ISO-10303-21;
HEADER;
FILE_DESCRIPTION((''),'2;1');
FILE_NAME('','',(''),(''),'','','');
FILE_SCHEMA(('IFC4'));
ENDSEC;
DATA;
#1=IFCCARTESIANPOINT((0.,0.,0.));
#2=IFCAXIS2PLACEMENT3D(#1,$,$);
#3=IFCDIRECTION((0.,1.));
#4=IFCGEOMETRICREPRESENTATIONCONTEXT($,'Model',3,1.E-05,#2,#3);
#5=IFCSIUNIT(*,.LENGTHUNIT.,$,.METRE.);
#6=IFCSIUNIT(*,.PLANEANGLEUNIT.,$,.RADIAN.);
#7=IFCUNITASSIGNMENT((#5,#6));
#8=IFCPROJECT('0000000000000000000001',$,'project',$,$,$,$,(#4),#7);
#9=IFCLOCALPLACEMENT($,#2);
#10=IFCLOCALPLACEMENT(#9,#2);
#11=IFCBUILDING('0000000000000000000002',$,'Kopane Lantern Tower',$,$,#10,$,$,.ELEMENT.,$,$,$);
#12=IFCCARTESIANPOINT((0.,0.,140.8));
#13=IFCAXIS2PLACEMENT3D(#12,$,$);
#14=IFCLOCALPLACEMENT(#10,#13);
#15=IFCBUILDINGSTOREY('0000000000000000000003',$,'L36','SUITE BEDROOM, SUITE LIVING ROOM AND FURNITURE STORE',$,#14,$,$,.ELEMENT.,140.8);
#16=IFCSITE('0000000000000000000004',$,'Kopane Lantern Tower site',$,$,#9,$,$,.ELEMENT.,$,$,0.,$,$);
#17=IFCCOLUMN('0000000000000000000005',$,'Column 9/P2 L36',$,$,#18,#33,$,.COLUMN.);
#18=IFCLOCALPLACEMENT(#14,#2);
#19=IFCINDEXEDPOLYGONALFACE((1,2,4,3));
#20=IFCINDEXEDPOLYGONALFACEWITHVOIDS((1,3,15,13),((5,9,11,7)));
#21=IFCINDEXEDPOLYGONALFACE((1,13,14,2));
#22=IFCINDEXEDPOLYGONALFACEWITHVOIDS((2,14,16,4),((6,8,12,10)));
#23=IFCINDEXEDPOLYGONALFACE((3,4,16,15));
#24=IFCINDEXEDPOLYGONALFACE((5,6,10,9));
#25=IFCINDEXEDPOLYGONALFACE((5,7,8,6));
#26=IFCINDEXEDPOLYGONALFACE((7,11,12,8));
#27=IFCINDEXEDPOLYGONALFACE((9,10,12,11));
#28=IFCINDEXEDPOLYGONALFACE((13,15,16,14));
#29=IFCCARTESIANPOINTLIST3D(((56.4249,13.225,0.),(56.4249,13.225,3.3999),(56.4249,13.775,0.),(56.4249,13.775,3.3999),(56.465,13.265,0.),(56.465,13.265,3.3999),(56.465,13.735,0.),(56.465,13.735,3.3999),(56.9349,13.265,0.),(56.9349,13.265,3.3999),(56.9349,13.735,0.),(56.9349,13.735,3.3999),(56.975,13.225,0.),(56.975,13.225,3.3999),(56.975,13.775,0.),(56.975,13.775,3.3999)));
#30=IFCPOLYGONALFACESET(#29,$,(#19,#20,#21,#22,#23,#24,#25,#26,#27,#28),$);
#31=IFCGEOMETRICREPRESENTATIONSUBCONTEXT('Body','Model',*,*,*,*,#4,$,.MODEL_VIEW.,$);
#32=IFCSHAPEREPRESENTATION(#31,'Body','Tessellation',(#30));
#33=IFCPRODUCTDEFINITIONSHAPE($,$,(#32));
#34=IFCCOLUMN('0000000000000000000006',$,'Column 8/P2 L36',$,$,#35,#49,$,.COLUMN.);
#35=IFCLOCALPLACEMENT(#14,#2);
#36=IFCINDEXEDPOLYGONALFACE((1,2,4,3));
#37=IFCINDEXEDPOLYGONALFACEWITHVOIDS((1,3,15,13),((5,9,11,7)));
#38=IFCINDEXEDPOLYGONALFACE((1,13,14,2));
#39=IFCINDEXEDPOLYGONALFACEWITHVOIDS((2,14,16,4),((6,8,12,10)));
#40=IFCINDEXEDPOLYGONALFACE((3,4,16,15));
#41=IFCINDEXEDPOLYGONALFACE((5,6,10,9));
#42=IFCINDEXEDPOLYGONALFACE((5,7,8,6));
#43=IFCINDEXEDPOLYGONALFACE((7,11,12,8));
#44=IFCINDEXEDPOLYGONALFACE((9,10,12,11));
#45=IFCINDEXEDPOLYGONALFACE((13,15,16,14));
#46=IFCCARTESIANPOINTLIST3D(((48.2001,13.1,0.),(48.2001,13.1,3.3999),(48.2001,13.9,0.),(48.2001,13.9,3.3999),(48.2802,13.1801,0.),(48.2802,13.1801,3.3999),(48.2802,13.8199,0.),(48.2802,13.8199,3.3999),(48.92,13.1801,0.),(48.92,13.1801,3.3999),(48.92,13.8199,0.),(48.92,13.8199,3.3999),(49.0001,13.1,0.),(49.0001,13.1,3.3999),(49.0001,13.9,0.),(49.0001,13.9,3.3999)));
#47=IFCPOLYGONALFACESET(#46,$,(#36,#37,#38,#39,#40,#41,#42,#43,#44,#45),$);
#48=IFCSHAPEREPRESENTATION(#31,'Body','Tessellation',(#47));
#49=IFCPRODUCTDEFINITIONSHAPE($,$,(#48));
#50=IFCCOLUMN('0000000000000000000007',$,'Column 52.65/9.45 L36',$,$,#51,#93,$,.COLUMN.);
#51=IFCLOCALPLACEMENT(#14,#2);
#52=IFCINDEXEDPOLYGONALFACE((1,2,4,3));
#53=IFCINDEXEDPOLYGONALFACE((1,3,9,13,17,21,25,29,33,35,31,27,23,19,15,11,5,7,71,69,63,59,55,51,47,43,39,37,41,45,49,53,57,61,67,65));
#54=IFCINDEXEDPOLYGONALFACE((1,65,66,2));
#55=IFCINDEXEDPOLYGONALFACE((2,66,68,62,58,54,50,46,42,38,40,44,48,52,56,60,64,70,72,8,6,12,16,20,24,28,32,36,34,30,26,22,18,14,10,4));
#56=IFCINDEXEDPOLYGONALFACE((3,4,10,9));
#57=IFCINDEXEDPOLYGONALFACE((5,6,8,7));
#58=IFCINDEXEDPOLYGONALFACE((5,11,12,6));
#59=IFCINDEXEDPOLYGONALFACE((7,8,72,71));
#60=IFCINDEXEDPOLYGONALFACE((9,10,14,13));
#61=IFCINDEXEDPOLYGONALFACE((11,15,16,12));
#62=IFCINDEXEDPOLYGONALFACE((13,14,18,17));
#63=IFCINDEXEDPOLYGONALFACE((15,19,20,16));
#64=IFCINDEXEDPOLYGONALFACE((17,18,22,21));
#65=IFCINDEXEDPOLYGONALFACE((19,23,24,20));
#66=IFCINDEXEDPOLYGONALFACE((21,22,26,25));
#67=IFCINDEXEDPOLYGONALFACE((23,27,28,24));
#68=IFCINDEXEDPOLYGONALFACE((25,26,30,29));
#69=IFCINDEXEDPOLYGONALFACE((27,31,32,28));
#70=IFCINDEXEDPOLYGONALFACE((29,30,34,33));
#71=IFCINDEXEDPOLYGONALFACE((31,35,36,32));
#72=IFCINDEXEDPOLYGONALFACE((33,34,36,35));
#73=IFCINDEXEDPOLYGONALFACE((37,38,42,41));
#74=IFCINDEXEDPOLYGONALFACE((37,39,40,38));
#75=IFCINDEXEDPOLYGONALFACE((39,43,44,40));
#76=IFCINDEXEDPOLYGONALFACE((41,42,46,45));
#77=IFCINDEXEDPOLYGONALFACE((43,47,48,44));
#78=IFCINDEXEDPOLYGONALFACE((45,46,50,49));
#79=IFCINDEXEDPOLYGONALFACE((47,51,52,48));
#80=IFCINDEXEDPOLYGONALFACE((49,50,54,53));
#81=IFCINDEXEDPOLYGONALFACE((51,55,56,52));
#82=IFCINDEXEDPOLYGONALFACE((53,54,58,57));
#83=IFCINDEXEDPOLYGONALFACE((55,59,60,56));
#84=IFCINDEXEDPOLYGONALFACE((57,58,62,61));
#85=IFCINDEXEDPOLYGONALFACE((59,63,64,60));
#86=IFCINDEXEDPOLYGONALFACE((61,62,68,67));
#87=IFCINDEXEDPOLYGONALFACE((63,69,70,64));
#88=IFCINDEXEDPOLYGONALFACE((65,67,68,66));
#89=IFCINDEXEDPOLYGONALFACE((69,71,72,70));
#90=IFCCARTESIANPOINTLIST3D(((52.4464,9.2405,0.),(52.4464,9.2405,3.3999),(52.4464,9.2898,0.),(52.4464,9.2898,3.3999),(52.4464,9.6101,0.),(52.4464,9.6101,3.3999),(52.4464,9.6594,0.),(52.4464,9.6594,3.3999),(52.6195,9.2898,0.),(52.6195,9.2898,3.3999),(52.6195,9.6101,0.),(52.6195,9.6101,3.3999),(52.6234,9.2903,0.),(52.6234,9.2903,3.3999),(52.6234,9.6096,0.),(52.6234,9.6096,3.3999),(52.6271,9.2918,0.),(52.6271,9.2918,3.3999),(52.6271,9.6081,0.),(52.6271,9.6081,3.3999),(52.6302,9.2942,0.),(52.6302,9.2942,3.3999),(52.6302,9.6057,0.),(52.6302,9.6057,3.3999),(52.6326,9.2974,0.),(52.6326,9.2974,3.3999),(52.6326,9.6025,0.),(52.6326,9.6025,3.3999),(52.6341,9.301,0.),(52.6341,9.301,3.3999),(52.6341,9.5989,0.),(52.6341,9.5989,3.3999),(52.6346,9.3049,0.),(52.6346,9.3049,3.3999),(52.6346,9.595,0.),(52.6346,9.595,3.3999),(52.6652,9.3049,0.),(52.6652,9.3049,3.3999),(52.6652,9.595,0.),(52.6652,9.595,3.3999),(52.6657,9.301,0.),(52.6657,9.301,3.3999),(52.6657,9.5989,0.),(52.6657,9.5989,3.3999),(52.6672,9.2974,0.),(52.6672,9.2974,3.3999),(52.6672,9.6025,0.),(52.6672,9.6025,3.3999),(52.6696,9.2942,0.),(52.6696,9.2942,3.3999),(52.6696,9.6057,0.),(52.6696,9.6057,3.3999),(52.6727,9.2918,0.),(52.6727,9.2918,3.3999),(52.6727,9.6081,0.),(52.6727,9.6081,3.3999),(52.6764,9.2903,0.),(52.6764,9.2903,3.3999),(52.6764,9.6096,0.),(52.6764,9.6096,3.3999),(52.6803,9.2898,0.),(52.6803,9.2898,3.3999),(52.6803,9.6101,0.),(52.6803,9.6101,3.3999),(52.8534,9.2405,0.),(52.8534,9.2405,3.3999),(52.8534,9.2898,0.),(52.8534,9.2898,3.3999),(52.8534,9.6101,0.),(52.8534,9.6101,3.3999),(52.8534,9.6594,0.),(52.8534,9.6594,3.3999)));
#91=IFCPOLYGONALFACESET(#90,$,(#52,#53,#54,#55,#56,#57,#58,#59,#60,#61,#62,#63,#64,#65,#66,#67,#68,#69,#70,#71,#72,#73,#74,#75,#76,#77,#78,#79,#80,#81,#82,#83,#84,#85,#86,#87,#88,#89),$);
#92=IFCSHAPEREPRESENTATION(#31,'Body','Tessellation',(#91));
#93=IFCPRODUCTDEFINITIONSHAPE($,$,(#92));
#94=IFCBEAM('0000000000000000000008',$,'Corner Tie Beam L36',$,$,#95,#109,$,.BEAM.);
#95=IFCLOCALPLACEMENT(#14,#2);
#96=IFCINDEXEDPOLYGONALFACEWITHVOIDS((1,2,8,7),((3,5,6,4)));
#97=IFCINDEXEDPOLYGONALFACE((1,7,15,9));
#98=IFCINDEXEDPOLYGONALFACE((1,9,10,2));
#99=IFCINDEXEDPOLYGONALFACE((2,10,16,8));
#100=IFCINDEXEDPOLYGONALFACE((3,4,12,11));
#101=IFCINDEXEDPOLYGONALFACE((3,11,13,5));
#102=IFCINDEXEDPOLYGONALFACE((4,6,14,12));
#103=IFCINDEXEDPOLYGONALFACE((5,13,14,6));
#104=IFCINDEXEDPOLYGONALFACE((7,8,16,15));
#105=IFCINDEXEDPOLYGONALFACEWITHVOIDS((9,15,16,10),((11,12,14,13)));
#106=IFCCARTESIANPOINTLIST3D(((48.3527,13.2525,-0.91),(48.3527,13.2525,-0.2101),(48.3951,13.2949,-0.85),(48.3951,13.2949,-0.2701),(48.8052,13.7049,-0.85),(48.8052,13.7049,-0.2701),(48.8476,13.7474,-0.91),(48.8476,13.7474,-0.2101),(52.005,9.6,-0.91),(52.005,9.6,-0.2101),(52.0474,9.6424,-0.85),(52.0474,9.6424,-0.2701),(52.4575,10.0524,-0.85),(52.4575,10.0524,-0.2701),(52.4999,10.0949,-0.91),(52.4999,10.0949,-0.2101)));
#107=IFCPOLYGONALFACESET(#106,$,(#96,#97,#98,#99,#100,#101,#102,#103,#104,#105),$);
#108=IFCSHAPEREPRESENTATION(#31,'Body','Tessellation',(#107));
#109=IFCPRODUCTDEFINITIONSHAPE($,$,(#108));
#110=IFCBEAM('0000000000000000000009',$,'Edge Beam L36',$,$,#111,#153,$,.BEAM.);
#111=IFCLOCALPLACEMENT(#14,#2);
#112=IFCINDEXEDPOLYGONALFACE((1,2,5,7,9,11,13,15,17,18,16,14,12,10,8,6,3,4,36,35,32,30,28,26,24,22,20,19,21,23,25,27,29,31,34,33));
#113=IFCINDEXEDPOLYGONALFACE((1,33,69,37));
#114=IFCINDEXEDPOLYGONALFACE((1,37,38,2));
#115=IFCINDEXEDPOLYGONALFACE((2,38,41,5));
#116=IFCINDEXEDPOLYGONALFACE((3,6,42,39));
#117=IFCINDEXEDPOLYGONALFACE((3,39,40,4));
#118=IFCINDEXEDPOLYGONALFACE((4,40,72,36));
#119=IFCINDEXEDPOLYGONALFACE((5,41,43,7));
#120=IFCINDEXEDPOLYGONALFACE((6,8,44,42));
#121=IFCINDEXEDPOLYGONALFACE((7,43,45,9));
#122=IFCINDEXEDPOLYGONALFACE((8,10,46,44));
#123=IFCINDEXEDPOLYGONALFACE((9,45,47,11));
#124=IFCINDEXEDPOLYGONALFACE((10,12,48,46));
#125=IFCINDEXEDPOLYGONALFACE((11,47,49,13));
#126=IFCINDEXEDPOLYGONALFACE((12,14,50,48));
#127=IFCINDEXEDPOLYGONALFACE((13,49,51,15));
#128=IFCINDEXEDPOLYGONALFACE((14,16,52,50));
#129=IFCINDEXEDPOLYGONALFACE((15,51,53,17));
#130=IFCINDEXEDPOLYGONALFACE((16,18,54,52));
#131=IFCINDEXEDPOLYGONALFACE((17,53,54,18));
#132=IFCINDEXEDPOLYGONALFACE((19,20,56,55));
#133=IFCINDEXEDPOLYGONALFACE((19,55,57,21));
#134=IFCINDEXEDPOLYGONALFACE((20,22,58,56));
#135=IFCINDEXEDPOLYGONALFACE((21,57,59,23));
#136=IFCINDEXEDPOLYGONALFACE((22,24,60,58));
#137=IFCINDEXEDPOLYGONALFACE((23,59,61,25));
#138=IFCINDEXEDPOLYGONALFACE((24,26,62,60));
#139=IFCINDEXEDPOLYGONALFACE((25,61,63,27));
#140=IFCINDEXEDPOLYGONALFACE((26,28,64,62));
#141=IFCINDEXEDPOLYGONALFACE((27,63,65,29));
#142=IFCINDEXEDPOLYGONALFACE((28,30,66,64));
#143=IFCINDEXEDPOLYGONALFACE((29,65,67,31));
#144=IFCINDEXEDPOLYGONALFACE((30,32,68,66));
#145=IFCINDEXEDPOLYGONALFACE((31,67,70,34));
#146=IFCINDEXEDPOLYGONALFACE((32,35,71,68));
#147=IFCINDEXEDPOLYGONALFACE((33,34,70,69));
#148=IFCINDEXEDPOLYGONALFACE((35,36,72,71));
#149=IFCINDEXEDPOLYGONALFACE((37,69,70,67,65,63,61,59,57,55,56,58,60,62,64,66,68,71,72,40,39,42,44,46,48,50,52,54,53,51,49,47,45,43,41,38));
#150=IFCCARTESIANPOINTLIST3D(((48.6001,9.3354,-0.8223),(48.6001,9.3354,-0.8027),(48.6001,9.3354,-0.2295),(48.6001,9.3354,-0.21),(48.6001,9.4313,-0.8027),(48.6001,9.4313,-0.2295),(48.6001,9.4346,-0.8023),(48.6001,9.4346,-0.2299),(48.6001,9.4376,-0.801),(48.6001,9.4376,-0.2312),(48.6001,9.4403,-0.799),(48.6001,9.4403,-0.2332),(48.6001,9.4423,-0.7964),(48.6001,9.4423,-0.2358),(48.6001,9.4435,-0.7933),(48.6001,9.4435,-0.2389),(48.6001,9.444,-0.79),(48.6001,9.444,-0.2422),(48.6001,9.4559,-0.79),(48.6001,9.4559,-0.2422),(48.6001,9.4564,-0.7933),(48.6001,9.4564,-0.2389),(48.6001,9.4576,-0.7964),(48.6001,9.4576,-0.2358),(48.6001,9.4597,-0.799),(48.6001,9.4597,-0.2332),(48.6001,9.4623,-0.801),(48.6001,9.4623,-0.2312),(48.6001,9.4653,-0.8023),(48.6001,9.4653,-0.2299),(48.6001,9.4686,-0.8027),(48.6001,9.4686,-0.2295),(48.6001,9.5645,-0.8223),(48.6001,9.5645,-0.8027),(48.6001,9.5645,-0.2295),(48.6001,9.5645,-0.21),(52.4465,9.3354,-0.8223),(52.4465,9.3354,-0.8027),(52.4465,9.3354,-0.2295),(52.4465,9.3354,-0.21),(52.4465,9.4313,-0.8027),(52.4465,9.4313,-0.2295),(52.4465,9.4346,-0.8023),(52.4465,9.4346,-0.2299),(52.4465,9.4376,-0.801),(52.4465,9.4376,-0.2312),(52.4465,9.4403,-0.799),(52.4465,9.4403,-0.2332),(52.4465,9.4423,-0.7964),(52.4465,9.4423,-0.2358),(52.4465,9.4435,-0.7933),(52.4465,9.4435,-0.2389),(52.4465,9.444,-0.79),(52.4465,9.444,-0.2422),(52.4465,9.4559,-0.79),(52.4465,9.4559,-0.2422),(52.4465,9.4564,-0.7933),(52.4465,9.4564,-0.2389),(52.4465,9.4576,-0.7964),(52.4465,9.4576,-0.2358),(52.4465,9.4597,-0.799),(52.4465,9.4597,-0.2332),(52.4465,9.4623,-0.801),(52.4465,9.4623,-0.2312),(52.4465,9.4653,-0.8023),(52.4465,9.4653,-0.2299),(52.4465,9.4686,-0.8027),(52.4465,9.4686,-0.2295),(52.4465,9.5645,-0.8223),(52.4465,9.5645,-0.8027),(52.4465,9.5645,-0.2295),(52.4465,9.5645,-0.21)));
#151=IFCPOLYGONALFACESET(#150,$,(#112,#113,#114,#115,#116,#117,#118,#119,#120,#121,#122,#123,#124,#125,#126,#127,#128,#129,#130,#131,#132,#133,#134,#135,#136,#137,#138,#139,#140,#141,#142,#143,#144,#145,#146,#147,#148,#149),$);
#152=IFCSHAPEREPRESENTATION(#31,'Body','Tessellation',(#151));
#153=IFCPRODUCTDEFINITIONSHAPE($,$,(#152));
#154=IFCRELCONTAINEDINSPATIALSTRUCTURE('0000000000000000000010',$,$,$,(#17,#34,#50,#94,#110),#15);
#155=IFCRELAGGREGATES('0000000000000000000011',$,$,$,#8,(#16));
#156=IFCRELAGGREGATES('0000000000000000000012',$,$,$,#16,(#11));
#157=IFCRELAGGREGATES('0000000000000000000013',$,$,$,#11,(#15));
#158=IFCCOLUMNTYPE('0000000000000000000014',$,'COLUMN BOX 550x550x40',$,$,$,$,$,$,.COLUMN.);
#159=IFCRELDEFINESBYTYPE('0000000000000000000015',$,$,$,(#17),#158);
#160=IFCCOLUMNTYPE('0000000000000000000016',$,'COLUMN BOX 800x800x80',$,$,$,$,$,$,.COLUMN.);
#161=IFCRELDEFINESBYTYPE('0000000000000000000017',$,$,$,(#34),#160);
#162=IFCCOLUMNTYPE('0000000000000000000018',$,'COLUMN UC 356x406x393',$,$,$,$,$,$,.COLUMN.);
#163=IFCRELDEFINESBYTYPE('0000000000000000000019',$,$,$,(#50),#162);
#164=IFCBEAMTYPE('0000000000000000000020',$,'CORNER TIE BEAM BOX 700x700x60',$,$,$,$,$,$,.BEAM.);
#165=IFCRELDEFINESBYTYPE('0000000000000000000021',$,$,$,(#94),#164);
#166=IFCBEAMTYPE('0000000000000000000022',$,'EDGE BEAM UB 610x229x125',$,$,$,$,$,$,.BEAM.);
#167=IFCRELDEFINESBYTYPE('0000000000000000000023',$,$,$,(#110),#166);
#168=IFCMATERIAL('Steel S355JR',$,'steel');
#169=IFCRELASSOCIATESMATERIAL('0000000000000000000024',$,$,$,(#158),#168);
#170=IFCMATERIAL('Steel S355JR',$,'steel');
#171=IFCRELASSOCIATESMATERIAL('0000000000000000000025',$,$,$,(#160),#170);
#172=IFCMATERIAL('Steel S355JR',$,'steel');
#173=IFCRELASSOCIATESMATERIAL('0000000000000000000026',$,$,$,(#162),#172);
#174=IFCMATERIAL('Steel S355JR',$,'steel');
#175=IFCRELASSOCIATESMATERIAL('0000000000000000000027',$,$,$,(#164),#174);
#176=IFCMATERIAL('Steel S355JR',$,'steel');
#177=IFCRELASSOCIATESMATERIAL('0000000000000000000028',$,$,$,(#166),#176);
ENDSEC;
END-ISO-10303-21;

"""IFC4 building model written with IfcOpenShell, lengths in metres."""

from ifc_helpers import new_model, si_unit, direction, frame, origin, origin_2d, place, context, subcontext, project, spatial, hollow_rectangle, i_section, extrude, material, material_profile, profile_set, type_object, element, save


model = new_model("IFC4")

# Units and contexts
model_context = context("Model", 3, precision=1e-05, world=origin(), true_north=direction((0.0, 1.0)))
body_context = subcontext(model_context, "Body", "Model", "MODEL_VIEW")
ifc_project = project(units=[si_unit("LENGTHUNIT", "METRE"), si_unit("PLANEANGLEUNIT", "RADIAN")], contexts=[model_context])

# Site, building, storey
site_placement = place(None, origin())
site = spatial("IfcSite", under=ifc_project, at=site_placement, Name="Kopane Lantern Tower site", CompositionType="ELEMENT", RefElevation=0.0)
building_placement = place(site_placement, origin())
building = spatial("IfcBuilding", under=site, at=building_placement, Name="Kopane Lantern Tower", CompositionType="ELEMENT")
storey_placement = place(building_placement, frame((0.0, 0.0, 140.8)))
storey = spatial("IfcBuildingStorey", under=building, at=storey_placement, Name="L36", Description="SUITE BEDROOM, SUITE LIVING ROOM AND FURNITURE STORE", CompositionType="ELEMENT", Elevation=140.8)

# Columns
ifc_material_1 = material(Name="Steel S355JR", Category="steel")
ifc_material_profile_1 = material_profile(ifc_material_1, hollow_rectangle(XDim=0.55, YDim=0.55, WallThickness=0.04, at=origin_2d()), Name="BOX 550x550x40")
ifc_profile_set_1 = profile_set([ifc_material_profile_1], Name="Steel S355JR")
column_type_1 = type_object("IfcColumnType", Name="COLUMN BOX 550x550x40", PredefinedType="COLUMN", material=ifc_profile_set_1)
column_1_placement = place(storey_placement, frame((56.7, 13.5, 0.0), z_axis=(0.0, 0.0, 1.0), x_axis=(1.0, 0.0, 0.0)))
element("IfcColumn", 1, at=column_1_placement, inside=storey, type_object=column_type_1, Name="Column 9/P2 L36", PredefinedType="COLUMN", context=body_context, shape_type="SweptSolid", body=[
    extrude(hollow_rectangle(XDim=0.55, YDim=0.55, WallThickness=0.04, at=origin_2d()), origin(), (0.0, 0.0, 1.0), 3.3999),
])
ifc_material_2 = material(Name="Steel S355JR", Category="steel")
ifc_material_profile_2 = material_profile(ifc_material_2, hollow_rectangle(XDim=0.8, YDim=0.8, WallThickness=0.0801, at=origin_2d()), Name="BOX 800x800x80")
ifc_profile_set_2 = profile_set([ifc_material_profile_2], Name="Steel S355JR")
column_type_2 = type_object("IfcColumnType", Name="COLUMN BOX 800x800x80", PredefinedType="COLUMN", material=ifc_profile_set_2)
column_2_placement = place(storey_placement, frame((48.6001, 13.5, 0.0), z_axis=(0.0, 0.0, 1.0), x_axis=(1.0, 0.0, 0.0)))
element("IfcColumn", 2, at=column_2_placement, inside=storey, type_object=column_type_2, Name="Column 8/P2 L36", PredefinedType="COLUMN", context=body_context, shape_type="SweptSolid", body=[
    extrude(hollow_rectangle(XDim=0.8, YDim=0.8, WallThickness=0.0801, at=origin_2d()), origin(), (0.0, 0.0, 1.0), 3.3999),
])
ifc_material_3 = material(Name="Steel S355JR", Category="steel")
ifc_material_profile_3 = material_profile(ifc_material_3, i_section(OverallWidth=0.407, OverallDepth=0.4189, WebThickness=0.0305, FlangeThickness=0.0493, FilletRadius=0.0151, at=origin_2d()), Name="UC 356x406x393")
ifc_profile_set_3 = profile_set([ifc_material_profile_3], Name="Steel S355JR")
column_type_3 = type_object("IfcColumnType", Name="COLUMN UC 356x406x393", PredefinedType="COLUMN", material=ifc_profile_set_3)
column_3_placement = place(storey_placement, frame((52.6499, 9.45, 0.0), z_axis=(0.0, 0.0, 1.0), x_axis=(1.0, 0.0, 0.0)))
element("IfcColumn", 3, at=column_3_placement, inside=storey, type_object=column_type_3, Name="Column 52.65/9.45 L36", PredefinedType="COLUMN", context=body_context, shape_type="SweptSolid", body=[
    extrude(i_section(OverallWidth=0.407, OverallDepth=0.4189, WebThickness=0.0305, FlangeThickness=0.0493, FilletRadius=0.0151, at=origin_2d()), origin(), (0.0, 0.0, 1.0), 3.3999),
])

# Beams
ifc_material_4 = material(Name="Steel S355JR", Category="steel")
ifc_material_profile_4 = material_profile(ifc_material_4, hollow_rectangle(XDim=0.7, YDim=0.7, WallThickness=0.0601, at=origin_2d()), Name="BOX 700x700x60")
ifc_profile_set_4 = profile_set([ifc_material_profile_4], Name="Steel S355JR")
beam_type_1 = type_object("IfcBeamType", Name="CORNER TIE BEAM BOX 700x700x60", PredefinedType="BEAM", material=ifc_profile_set_4)
beam_1_placement = place(storey_placement, frame((52.2524, 9.8474, -0.5601), z_axis=(-0.707083, 0.70713, 0.0), x_axis=(-0.70713, -0.707083, 0.0)))
element("IfcBeam", 4, at=beam_1_placement, inside=storey, type_object=beam_type_1, Name="Corner Tie Beam L36", PredefinedType="BEAM", context=body_context, shape_type="SweptSolid", body=[
    extrude(hollow_rectangle(XDim=0.7, YDim=0.7, WallThickness=0.0601, at=origin_2d()), origin(), (0.0, 0.0, 1.0), 5.1653),
])
ifc_material_5 = material(Name="Steel S355JR", Category="steel")
ifc_material_profile_5 = material_profile(ifc_material_5, i_section(OverallWidth=0.229, OverallDepth=0.6123, WebThickness=0.012, FlangeThickness=0.0195, FilletRadius=0.0127, at=origin_2d()), Name="UB 610x229x125")
ifc_profile_set_5 = profile_set([ifc_material_profile_5], Name="Steel S355JR")
beam_type_2 = type_object("IfcBeamType", Name="EDGE BEAM UB 610x229x125", PredefinedType="BEAM", material=ifc_profile_set_5)
for number, where, z_axis, x_axis, name in (
    (5, (52.4465, 9.45, -0.5161), (-1.0, 0.0, 0.0), (0.0, -1.0, 0.0), "Edge Beam L36"),
):
    element("IfcBeam", number, at=place(storey_placement, frame(where, z_axis=z_axis, x_axis=x_axis)), inside=storey, type_object=beam_type_2, Name=name, PredefinedType="BEAM", context=body_context, shape_type="SweptSolid", body=[
        extrude(i_section(OverallWidth=0.229, OverallDepth=0.6123, WebThickness=0.012, FlangeThickness=0.0195, FilletRadius=0.0127, at=origin_2d()), origin(), (0.0, 0.0, 1.0), 3.8464),
    ])

save(model, "model.ifc")
